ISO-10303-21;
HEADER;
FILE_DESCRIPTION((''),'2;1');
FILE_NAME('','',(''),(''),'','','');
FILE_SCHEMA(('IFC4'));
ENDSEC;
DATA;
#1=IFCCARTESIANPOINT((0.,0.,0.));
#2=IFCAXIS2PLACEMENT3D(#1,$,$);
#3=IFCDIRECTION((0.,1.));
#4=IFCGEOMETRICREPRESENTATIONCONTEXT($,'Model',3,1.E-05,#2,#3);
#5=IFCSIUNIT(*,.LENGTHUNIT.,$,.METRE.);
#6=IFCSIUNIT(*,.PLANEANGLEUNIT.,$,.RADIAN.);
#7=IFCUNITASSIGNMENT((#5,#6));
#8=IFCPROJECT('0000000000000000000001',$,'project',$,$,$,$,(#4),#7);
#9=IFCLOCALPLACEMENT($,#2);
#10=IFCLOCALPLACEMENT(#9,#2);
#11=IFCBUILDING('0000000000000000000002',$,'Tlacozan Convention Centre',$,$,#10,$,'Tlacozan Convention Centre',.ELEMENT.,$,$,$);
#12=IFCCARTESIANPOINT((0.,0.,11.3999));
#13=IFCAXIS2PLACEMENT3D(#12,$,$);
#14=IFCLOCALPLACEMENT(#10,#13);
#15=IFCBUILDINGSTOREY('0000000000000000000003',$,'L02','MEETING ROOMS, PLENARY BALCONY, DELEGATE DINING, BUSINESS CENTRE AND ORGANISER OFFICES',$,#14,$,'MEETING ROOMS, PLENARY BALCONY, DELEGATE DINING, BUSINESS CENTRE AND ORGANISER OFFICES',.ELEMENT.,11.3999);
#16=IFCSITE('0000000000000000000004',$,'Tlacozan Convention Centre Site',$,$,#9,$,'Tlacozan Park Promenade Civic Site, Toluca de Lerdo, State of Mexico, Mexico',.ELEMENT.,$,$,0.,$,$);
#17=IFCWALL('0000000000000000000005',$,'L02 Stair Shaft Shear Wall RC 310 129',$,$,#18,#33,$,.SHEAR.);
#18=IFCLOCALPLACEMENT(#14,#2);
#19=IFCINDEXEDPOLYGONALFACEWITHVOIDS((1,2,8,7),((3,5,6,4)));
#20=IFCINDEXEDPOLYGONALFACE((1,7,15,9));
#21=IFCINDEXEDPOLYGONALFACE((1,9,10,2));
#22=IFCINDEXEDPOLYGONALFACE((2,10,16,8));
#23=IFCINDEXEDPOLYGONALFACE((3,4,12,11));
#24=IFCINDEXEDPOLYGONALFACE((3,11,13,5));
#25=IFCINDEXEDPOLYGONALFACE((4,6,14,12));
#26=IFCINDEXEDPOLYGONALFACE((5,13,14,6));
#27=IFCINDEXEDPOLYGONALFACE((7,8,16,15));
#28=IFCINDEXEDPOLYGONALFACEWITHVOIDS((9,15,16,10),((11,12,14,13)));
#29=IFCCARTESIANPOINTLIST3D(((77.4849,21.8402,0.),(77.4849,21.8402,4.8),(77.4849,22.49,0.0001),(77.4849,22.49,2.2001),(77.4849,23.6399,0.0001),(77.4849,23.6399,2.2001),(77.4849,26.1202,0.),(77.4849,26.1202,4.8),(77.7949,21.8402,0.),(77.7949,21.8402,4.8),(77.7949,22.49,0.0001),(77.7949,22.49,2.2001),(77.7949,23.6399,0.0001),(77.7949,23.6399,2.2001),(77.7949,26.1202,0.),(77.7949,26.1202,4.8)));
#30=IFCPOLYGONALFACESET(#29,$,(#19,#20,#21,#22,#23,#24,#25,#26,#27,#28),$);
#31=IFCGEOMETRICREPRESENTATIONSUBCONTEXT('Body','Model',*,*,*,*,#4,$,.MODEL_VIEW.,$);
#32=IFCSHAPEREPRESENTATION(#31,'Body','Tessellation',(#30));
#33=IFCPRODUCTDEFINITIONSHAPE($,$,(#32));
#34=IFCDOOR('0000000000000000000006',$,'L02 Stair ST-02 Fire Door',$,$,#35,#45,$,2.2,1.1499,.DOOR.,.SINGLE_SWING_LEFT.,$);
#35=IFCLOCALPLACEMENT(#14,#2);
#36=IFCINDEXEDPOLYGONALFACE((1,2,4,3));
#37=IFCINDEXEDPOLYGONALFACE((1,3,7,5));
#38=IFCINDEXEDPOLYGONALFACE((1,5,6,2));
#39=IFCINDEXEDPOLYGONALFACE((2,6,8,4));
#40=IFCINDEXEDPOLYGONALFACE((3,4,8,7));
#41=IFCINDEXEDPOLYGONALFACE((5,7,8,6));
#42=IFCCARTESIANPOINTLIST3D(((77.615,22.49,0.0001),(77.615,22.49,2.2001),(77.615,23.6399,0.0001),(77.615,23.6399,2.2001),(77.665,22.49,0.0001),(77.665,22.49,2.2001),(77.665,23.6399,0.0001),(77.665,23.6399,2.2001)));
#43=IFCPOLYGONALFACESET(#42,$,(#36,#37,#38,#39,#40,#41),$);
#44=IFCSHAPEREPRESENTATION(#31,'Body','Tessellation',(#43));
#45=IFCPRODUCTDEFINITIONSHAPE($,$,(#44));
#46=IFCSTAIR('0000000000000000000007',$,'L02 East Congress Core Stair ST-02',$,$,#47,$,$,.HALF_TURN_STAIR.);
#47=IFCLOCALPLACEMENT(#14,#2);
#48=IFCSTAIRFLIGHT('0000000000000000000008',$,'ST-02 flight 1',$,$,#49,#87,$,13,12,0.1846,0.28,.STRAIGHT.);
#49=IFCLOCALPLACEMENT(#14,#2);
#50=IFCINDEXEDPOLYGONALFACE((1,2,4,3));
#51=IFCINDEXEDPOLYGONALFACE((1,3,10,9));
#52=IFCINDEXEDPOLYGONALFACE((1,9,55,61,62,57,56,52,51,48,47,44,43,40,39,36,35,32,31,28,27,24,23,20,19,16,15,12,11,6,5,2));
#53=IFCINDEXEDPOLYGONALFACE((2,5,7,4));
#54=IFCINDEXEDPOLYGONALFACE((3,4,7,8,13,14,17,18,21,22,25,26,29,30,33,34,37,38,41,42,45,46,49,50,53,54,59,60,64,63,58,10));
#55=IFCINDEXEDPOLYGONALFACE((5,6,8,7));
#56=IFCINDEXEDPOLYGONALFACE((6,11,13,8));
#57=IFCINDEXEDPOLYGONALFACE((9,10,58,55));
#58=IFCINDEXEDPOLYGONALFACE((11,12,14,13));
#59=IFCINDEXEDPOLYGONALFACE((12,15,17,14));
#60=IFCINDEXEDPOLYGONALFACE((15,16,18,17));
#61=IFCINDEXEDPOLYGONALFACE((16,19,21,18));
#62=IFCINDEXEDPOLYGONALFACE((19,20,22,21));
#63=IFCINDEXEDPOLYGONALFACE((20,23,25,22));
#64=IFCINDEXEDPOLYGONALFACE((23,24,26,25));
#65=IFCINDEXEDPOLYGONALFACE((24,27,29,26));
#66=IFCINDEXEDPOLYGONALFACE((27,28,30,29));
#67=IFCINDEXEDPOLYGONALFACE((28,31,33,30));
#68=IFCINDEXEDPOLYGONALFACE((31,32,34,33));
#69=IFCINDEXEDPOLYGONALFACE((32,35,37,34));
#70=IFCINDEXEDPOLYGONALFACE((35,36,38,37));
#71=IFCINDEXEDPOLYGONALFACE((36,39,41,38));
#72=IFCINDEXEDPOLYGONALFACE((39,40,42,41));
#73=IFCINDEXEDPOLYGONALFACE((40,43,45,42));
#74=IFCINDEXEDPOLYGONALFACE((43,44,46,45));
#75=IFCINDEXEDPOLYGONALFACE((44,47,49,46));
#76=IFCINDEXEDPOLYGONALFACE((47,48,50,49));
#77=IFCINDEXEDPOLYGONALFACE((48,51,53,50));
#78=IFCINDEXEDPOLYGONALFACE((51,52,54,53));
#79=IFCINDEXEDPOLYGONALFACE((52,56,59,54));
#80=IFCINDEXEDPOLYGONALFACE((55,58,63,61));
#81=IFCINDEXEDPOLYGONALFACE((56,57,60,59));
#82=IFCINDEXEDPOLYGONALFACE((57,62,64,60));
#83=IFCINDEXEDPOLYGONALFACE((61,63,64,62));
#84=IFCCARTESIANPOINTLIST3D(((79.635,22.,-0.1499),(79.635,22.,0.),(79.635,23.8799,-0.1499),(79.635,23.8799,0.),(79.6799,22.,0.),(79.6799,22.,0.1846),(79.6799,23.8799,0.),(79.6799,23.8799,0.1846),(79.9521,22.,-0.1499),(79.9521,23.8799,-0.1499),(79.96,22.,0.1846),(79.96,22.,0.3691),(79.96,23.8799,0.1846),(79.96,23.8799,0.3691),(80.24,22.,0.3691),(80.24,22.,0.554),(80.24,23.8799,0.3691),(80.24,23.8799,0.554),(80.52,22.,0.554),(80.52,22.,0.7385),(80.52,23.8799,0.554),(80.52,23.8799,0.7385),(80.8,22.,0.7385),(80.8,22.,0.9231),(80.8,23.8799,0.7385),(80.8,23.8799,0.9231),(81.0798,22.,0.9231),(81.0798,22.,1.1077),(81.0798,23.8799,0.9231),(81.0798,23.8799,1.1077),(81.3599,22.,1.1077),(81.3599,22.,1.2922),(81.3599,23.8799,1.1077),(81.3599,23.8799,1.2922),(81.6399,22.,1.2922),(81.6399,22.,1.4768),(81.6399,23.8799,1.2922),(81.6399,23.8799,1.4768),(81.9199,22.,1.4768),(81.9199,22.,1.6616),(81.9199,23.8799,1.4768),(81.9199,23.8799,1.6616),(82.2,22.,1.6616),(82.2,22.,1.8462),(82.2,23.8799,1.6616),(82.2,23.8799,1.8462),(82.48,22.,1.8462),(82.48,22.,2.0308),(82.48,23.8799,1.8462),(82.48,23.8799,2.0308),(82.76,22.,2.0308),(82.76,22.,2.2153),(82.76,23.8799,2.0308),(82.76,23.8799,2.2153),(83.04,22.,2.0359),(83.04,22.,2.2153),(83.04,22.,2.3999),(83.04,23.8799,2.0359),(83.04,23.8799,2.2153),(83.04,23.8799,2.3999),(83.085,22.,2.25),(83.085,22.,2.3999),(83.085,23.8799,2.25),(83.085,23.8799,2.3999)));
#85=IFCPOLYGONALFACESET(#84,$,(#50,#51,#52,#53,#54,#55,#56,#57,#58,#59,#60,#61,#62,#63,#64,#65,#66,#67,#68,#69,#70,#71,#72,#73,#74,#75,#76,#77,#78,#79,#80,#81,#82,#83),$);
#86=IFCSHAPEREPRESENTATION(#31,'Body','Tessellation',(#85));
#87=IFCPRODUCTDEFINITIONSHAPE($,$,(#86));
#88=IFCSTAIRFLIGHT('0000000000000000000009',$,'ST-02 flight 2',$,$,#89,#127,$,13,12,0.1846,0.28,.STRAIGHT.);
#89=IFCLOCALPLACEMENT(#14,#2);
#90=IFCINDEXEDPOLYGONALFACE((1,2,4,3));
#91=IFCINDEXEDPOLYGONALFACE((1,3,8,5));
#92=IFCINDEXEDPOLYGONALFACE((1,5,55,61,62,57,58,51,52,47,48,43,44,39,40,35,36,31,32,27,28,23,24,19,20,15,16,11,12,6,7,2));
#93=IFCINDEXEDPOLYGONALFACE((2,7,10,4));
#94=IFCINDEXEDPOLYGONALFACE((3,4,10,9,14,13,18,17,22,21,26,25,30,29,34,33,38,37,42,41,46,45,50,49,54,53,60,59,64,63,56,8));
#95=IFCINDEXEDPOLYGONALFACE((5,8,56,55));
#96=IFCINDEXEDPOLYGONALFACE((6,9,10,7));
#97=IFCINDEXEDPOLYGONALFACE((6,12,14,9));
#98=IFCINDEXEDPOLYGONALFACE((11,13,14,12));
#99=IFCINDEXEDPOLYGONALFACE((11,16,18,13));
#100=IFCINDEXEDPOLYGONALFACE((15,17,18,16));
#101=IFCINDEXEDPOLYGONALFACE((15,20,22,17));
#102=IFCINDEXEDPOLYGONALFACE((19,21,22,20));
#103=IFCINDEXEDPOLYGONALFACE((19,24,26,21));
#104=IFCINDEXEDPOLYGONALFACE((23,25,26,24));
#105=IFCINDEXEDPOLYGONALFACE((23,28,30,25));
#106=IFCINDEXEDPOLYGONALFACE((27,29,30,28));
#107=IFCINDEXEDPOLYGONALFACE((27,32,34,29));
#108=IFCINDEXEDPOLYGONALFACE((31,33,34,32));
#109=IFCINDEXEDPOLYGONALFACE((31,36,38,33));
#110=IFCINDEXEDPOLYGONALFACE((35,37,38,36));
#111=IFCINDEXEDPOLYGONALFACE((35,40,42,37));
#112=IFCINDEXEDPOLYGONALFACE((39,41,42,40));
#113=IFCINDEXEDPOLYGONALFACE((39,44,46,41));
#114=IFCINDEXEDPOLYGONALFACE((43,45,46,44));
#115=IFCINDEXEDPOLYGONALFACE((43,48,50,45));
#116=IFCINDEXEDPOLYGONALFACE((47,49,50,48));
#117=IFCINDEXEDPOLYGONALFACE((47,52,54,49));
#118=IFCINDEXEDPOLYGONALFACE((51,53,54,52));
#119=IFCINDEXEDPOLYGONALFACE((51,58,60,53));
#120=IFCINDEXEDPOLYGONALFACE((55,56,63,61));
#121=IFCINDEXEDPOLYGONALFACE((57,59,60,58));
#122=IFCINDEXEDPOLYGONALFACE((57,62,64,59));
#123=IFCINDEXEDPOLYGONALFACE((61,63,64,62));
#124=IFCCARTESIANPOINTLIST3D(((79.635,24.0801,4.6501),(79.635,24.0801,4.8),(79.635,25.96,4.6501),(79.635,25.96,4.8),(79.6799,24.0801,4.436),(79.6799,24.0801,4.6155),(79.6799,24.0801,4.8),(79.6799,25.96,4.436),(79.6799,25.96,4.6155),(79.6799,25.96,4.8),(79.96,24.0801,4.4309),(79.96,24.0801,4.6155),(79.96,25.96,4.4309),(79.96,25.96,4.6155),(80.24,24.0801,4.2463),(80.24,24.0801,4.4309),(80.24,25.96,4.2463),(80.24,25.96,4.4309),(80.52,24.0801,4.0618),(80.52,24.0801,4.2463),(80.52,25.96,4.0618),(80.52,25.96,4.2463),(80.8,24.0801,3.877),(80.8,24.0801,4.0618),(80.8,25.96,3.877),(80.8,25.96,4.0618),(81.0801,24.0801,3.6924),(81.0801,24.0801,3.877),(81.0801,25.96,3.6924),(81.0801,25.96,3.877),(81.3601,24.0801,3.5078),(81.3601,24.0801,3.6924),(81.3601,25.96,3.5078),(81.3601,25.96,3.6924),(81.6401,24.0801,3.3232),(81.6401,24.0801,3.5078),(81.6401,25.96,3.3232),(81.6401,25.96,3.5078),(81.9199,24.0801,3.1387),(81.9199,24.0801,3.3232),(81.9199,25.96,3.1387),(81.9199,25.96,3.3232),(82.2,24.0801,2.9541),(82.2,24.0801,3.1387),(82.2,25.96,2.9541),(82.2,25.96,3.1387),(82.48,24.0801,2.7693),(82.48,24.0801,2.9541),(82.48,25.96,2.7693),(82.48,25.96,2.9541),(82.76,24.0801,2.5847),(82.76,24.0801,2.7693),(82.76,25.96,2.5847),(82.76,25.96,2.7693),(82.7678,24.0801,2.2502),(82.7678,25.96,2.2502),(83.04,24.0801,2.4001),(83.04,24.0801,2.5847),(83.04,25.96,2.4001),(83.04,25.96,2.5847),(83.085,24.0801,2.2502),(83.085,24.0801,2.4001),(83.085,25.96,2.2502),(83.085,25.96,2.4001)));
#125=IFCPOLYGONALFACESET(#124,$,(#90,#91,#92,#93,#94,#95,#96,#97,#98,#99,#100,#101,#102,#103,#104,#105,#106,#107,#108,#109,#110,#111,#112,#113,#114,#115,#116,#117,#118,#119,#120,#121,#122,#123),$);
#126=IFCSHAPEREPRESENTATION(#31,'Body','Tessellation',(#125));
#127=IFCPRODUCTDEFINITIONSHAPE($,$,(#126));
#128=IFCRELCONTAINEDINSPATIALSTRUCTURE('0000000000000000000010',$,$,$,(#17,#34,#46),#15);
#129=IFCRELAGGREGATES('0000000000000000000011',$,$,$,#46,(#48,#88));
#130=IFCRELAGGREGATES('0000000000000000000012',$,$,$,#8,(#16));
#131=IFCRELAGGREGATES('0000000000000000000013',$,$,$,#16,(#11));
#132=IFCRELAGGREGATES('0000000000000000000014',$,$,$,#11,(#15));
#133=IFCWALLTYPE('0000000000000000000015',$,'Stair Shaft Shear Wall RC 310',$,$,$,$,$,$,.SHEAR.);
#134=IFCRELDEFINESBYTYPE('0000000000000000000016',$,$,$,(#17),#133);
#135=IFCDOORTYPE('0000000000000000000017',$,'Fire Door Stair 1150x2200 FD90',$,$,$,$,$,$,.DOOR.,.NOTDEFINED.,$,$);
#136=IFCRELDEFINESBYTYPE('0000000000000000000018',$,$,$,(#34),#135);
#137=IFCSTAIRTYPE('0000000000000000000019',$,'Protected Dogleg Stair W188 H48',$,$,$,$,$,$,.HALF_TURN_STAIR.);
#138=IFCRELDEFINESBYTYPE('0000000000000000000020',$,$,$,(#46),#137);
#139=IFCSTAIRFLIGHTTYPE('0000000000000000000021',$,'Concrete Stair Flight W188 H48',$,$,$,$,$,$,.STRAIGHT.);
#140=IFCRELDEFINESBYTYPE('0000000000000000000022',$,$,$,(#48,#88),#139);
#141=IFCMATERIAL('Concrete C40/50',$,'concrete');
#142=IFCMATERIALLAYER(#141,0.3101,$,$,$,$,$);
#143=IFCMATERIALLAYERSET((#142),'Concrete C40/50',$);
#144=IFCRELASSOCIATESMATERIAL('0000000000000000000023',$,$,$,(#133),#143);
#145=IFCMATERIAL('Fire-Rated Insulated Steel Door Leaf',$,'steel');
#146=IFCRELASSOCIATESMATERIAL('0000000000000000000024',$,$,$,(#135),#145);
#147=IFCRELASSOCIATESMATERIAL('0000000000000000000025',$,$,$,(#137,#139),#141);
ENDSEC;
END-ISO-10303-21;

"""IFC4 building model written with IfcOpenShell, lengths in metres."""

from ifc_helpers import new_model, si_unit, direction, frame, frame_2d, origin, place, context, subcontext, project, spatial, polyline, rectangle, outline, extrude, material, layer, layer_set, type_object, element, fill, aggregate, save


model = new_model("IFC4")

# Units and contexts
model_context = context("Model", 3, precision=1e-05, world=origin(), true_north=direction((0.0, 1.0)))
body_context = subcontext(model_context, "Body", "Model", "MODEL_VIEW")
ifc_project = project(units=[si_unit("LENGTHUNIT", "METRE"), si_unit("PLANEANGLEUNIT", "RADIAN")], contexts=[model_context])

# Site, building, storey
site_placement = place(None, origin())
site = spatial("IfcSite", under=ifc_project, at=site_placement, Name="Tlacozan Convention Centre Site", LongName="Tlacozan Park Promenade Civic Site, Toluca de Lerdo, State of Mexico, Mexico", CompositionType="ELEMENT", RefElevation=0.0)
building_placement = place(site_placement, origin())
building = spatial("IfcBuilding", under=site, at=building_placement, Name="Tlacozan Convention Centre", LongName="Tlacozan Convention Centre", CompositionType="ELEMENT")
storey_placement = place(building_placement, frame((0.0, 0.0, 11.3999)))
storey = spatial("IfcBuildingStorey", under=building, at=storey_placement, Name="L02", Description="MEETING ROOMS, PLENARY BALCONY, DELEGATE DINING, BUSINESS CENTRE AND ORGANISER OFFICES", LongName="MEETING ROOMS, PLENARY BALCONY, DELEGATE DINING, BUSINESS CENTRE AND ORGANISER OFFICES", CompositionType="ELEMENT", Elevation=11.3999)

# Shared definitions
ifc_material_1 = material(Name="Concrete C40/50", Category="concrete")

# Shared definitions
ifc_layer_1 = layer(ifc_material_1, 0.3101)
ifc_layer_set_1 = layer_set([ifc_layer_1], Name="Concrete C40/50")
wall_type_1 = type_object("IfcWallType", Name="Stair Shaft Shear Wall RC 310", PredefinedType="SHEAR", material=ifc_layer_set_1)

# Wall, opening, door
wall_1_placement = place(storey_placement, frame((77.6399, 21.8401, 0.0), z_axis=(0.0, 0.0, 1.0), x_axis=(0.0, 1.0, 0.0)))
wall_1 = element("IfcWall", 1, at=wall_1_placement, inside=storey, type_object=wall_type_1, Name="L02 Stair Shaft Shear Wall RC 310 129", PredefinedType="SHEAR", context=body_context, shape_type="SweptSolid", body=[
    extrude(rectangle(XDim=4.28, YDim=0.3101, at=frame_2d((2.1401, 0.0))), origin(), (0.0, 0.0, 1.0), 4.8),
])
opening_1_placement = place(wall_1_placement, frame((0.6499, 0.0, 0.0)))
opening_1 = element("IfcOpeningElement", 2, at=opening_1_placement, cuts=wall_1, PredefinedType="OPENING", context=body_context, shape_type="SweptSolid", body=[
    extrude(rectangle(XDim=1.1499, YDim=2.2, at=frame_2d((0.575, 1.1001))), frame((0.0, 0.165, 0.0), z_axis=(0.0, -1.0, 0.0), x_axis=(1.0, 0.0, 0.0)), (0.0, 0.0, 1.0), 0.3301),
])
ifc_material_2 = material(Name="Fire-Rated Insulated Steel Door Leaf", Category="steel")
door_type_1 = type_object("IfcDoorType", Name="Fire Door Stair 1150x2200 FD90", OperationType="NOTDEFINED", PredefinedType="DOOR", material=ifc_material_2)
door_1_placement = place(opening_1_placement, origin())
door_1 = element("IfcDoor", 3, at=door_1_placement, inside=storey, type_object=door_type_1, Name="L02 Stair ST-02 Fire Door", OperationType="SINGLE_SWING_LEFT", OverallHeight=2.2, OverallWidth=1.1499, PredefinedType="DOOR", context=body_context, shape_type="SweptSolid", body=[
    extrude(rectangle(XDim=1.1499, YDim=2.2, at=frame_2d((0.575, 1.1001))), frame((0.0, 0.0249, 0.0), z_axis=(0.0, -1.0, 0.0), x_axis=(1.0, 0.0, 0.0)), (0.0, 0.0, 1.0), 0.05),
])
fill(opening_1, door_1)

# Stair, stair flights
stair_type = type_object("IfcStairType", Name="Protected Dogleg Stair W188 H48", PredefinedType="HALF_TURN_STAIR", material=ifc_material_1)
stair_placement = place(storey_placement, origin())
stair = element("IfcStair", 4, at=stair_placement, inside=storey, type_object=stair_type, Name="L02 East Congress Core Stair ST-02", PredefinedType="HALF_TURN_STAIR")
stair_flight_type = type_object("IfcStairFlightType", Name="Concrete Stair Flight W188 H48", PredefinedType="STRAIGHT", material=ifc_material_1)
stair_flight_1_placement = place(storey_placement, frame((79.6799, 22.9399, 0.0), z_axis=(0.0, 0.0, 1.0), x_axis=(1.0, 0.0, 0.0)))
stair_flight_1 = element("IfcStairFlight", 5, at=stair_flight_1_placement, type_object=stair_flight_type, Name="ST-02 flight 1", NumberOfRisers=13, NumberOfTreads=12, PredefinedType="STRAIGHT", RiserHeight=0.1846, TreadLength=0.28, context=body_context, shape_type="SweptSolid", body=[
    extrude(outline(polyline([(-0.0449, -0.1499), (-0.0449, 0.0), (0.0, 0.0), (0.0, 0.1846), (0.28, 0.1846), (0.28, 0.3691), (0.5601, 0.3691), (0.5601, 0.554), (0.8401, 0.554), (0.8401, 0.7385), (1.1201, 0.7385), (1.1201, 0.9231), (1.3999, 0.9231), (1.3999, 1.1077), (1.6799, 1.1077), (1.6799, 1.2922), (1.96, 1.2922), (1.96, 1.4768), (2.24, 1.4768), (2.24, 1.6616), (2.52, 1.6616), (2.52, 1.8462), (2.8, 1.8462), (2.8, 2.0308), (3.0801, 2.0308), (3.0801, 2.2153), (3.3601, 2.2153), (3.3601, 2.3999), (3.405, 2.3999), (3.405, 2.25), (3.3601, 2.0359), (0.2722, -0.1499), (-0.0449, -0.1499)])), frame((0.0, 0.9399, 0.0), z_axis=(0.0, -1.0, 0.0), x_axis=(1.0, 0.0, 0.0)), (0.0, 0.0, 1.0), 1.8799),
])
stair_flight_2_placement = place(storey_placement, frame((83.04, 25.02, 2.4001), z_axis=(0.0, 0.0, 1.0), x_axis=(-1.0, 0.0, 0.0)))
stair_flight_2 = element("IfcStairFlight", 6, at=stair_flight_2_placement, type_object=stair_flight_type, Name="ST-02 flight 2", NumberOfRisers=13, NumberOfTreads=12, PredefinedType="STRAIGHT", RiserHeight=0.1846, TreadLength=0.28, context=body_context, shape_type="SweptSolid", body=[
    extrude(outline(polyline([(-0.0449, -0.1499), (-0.0449, 0.0), (0.0, 0.0), (0.0, 0.1846), (0.28, 0.1846), (0.28, 0.3691), (0.5601, 0.3691), (0.5601, 0.554), (0.8401, 0.554), (0.8401, 0.7385), (1.1201, 0.7385), (1.1201, 0.9231), (1.3999, 0.9231), (1.3999, 1.1077), (1.6799, 1.1077), (1.6799, 1.2922), (1.96, 1.2922), (1.96, 1.4768), (2.24, 1.4768), (2.24, 1.6616), (2.52, 1.6616), (2.52, 1.8462), (2.8, 1.8462), (2.8, 2.0308), (3.0801, 2.0308), (3.0801, 2.2153), (3.3601, 2.2153), (3.3601, 2.3999), (3.405, 2.3999), (3.405, 2.25), (3.3601, 2.0359), (0.2722, -0.1499), (-0.0449, -0.1499)])), frame((0.0, 0.9399, 0.0), z_axis=(0.0, -1.0, 0.0), x_axis=(1.0, 0.0, 0.0)), (0.0, 0.0, 1.0), 1.8799),
])
aggregate(stair, [stair_flight_1, stair_flight_2])

save(model, "model.ifc")
